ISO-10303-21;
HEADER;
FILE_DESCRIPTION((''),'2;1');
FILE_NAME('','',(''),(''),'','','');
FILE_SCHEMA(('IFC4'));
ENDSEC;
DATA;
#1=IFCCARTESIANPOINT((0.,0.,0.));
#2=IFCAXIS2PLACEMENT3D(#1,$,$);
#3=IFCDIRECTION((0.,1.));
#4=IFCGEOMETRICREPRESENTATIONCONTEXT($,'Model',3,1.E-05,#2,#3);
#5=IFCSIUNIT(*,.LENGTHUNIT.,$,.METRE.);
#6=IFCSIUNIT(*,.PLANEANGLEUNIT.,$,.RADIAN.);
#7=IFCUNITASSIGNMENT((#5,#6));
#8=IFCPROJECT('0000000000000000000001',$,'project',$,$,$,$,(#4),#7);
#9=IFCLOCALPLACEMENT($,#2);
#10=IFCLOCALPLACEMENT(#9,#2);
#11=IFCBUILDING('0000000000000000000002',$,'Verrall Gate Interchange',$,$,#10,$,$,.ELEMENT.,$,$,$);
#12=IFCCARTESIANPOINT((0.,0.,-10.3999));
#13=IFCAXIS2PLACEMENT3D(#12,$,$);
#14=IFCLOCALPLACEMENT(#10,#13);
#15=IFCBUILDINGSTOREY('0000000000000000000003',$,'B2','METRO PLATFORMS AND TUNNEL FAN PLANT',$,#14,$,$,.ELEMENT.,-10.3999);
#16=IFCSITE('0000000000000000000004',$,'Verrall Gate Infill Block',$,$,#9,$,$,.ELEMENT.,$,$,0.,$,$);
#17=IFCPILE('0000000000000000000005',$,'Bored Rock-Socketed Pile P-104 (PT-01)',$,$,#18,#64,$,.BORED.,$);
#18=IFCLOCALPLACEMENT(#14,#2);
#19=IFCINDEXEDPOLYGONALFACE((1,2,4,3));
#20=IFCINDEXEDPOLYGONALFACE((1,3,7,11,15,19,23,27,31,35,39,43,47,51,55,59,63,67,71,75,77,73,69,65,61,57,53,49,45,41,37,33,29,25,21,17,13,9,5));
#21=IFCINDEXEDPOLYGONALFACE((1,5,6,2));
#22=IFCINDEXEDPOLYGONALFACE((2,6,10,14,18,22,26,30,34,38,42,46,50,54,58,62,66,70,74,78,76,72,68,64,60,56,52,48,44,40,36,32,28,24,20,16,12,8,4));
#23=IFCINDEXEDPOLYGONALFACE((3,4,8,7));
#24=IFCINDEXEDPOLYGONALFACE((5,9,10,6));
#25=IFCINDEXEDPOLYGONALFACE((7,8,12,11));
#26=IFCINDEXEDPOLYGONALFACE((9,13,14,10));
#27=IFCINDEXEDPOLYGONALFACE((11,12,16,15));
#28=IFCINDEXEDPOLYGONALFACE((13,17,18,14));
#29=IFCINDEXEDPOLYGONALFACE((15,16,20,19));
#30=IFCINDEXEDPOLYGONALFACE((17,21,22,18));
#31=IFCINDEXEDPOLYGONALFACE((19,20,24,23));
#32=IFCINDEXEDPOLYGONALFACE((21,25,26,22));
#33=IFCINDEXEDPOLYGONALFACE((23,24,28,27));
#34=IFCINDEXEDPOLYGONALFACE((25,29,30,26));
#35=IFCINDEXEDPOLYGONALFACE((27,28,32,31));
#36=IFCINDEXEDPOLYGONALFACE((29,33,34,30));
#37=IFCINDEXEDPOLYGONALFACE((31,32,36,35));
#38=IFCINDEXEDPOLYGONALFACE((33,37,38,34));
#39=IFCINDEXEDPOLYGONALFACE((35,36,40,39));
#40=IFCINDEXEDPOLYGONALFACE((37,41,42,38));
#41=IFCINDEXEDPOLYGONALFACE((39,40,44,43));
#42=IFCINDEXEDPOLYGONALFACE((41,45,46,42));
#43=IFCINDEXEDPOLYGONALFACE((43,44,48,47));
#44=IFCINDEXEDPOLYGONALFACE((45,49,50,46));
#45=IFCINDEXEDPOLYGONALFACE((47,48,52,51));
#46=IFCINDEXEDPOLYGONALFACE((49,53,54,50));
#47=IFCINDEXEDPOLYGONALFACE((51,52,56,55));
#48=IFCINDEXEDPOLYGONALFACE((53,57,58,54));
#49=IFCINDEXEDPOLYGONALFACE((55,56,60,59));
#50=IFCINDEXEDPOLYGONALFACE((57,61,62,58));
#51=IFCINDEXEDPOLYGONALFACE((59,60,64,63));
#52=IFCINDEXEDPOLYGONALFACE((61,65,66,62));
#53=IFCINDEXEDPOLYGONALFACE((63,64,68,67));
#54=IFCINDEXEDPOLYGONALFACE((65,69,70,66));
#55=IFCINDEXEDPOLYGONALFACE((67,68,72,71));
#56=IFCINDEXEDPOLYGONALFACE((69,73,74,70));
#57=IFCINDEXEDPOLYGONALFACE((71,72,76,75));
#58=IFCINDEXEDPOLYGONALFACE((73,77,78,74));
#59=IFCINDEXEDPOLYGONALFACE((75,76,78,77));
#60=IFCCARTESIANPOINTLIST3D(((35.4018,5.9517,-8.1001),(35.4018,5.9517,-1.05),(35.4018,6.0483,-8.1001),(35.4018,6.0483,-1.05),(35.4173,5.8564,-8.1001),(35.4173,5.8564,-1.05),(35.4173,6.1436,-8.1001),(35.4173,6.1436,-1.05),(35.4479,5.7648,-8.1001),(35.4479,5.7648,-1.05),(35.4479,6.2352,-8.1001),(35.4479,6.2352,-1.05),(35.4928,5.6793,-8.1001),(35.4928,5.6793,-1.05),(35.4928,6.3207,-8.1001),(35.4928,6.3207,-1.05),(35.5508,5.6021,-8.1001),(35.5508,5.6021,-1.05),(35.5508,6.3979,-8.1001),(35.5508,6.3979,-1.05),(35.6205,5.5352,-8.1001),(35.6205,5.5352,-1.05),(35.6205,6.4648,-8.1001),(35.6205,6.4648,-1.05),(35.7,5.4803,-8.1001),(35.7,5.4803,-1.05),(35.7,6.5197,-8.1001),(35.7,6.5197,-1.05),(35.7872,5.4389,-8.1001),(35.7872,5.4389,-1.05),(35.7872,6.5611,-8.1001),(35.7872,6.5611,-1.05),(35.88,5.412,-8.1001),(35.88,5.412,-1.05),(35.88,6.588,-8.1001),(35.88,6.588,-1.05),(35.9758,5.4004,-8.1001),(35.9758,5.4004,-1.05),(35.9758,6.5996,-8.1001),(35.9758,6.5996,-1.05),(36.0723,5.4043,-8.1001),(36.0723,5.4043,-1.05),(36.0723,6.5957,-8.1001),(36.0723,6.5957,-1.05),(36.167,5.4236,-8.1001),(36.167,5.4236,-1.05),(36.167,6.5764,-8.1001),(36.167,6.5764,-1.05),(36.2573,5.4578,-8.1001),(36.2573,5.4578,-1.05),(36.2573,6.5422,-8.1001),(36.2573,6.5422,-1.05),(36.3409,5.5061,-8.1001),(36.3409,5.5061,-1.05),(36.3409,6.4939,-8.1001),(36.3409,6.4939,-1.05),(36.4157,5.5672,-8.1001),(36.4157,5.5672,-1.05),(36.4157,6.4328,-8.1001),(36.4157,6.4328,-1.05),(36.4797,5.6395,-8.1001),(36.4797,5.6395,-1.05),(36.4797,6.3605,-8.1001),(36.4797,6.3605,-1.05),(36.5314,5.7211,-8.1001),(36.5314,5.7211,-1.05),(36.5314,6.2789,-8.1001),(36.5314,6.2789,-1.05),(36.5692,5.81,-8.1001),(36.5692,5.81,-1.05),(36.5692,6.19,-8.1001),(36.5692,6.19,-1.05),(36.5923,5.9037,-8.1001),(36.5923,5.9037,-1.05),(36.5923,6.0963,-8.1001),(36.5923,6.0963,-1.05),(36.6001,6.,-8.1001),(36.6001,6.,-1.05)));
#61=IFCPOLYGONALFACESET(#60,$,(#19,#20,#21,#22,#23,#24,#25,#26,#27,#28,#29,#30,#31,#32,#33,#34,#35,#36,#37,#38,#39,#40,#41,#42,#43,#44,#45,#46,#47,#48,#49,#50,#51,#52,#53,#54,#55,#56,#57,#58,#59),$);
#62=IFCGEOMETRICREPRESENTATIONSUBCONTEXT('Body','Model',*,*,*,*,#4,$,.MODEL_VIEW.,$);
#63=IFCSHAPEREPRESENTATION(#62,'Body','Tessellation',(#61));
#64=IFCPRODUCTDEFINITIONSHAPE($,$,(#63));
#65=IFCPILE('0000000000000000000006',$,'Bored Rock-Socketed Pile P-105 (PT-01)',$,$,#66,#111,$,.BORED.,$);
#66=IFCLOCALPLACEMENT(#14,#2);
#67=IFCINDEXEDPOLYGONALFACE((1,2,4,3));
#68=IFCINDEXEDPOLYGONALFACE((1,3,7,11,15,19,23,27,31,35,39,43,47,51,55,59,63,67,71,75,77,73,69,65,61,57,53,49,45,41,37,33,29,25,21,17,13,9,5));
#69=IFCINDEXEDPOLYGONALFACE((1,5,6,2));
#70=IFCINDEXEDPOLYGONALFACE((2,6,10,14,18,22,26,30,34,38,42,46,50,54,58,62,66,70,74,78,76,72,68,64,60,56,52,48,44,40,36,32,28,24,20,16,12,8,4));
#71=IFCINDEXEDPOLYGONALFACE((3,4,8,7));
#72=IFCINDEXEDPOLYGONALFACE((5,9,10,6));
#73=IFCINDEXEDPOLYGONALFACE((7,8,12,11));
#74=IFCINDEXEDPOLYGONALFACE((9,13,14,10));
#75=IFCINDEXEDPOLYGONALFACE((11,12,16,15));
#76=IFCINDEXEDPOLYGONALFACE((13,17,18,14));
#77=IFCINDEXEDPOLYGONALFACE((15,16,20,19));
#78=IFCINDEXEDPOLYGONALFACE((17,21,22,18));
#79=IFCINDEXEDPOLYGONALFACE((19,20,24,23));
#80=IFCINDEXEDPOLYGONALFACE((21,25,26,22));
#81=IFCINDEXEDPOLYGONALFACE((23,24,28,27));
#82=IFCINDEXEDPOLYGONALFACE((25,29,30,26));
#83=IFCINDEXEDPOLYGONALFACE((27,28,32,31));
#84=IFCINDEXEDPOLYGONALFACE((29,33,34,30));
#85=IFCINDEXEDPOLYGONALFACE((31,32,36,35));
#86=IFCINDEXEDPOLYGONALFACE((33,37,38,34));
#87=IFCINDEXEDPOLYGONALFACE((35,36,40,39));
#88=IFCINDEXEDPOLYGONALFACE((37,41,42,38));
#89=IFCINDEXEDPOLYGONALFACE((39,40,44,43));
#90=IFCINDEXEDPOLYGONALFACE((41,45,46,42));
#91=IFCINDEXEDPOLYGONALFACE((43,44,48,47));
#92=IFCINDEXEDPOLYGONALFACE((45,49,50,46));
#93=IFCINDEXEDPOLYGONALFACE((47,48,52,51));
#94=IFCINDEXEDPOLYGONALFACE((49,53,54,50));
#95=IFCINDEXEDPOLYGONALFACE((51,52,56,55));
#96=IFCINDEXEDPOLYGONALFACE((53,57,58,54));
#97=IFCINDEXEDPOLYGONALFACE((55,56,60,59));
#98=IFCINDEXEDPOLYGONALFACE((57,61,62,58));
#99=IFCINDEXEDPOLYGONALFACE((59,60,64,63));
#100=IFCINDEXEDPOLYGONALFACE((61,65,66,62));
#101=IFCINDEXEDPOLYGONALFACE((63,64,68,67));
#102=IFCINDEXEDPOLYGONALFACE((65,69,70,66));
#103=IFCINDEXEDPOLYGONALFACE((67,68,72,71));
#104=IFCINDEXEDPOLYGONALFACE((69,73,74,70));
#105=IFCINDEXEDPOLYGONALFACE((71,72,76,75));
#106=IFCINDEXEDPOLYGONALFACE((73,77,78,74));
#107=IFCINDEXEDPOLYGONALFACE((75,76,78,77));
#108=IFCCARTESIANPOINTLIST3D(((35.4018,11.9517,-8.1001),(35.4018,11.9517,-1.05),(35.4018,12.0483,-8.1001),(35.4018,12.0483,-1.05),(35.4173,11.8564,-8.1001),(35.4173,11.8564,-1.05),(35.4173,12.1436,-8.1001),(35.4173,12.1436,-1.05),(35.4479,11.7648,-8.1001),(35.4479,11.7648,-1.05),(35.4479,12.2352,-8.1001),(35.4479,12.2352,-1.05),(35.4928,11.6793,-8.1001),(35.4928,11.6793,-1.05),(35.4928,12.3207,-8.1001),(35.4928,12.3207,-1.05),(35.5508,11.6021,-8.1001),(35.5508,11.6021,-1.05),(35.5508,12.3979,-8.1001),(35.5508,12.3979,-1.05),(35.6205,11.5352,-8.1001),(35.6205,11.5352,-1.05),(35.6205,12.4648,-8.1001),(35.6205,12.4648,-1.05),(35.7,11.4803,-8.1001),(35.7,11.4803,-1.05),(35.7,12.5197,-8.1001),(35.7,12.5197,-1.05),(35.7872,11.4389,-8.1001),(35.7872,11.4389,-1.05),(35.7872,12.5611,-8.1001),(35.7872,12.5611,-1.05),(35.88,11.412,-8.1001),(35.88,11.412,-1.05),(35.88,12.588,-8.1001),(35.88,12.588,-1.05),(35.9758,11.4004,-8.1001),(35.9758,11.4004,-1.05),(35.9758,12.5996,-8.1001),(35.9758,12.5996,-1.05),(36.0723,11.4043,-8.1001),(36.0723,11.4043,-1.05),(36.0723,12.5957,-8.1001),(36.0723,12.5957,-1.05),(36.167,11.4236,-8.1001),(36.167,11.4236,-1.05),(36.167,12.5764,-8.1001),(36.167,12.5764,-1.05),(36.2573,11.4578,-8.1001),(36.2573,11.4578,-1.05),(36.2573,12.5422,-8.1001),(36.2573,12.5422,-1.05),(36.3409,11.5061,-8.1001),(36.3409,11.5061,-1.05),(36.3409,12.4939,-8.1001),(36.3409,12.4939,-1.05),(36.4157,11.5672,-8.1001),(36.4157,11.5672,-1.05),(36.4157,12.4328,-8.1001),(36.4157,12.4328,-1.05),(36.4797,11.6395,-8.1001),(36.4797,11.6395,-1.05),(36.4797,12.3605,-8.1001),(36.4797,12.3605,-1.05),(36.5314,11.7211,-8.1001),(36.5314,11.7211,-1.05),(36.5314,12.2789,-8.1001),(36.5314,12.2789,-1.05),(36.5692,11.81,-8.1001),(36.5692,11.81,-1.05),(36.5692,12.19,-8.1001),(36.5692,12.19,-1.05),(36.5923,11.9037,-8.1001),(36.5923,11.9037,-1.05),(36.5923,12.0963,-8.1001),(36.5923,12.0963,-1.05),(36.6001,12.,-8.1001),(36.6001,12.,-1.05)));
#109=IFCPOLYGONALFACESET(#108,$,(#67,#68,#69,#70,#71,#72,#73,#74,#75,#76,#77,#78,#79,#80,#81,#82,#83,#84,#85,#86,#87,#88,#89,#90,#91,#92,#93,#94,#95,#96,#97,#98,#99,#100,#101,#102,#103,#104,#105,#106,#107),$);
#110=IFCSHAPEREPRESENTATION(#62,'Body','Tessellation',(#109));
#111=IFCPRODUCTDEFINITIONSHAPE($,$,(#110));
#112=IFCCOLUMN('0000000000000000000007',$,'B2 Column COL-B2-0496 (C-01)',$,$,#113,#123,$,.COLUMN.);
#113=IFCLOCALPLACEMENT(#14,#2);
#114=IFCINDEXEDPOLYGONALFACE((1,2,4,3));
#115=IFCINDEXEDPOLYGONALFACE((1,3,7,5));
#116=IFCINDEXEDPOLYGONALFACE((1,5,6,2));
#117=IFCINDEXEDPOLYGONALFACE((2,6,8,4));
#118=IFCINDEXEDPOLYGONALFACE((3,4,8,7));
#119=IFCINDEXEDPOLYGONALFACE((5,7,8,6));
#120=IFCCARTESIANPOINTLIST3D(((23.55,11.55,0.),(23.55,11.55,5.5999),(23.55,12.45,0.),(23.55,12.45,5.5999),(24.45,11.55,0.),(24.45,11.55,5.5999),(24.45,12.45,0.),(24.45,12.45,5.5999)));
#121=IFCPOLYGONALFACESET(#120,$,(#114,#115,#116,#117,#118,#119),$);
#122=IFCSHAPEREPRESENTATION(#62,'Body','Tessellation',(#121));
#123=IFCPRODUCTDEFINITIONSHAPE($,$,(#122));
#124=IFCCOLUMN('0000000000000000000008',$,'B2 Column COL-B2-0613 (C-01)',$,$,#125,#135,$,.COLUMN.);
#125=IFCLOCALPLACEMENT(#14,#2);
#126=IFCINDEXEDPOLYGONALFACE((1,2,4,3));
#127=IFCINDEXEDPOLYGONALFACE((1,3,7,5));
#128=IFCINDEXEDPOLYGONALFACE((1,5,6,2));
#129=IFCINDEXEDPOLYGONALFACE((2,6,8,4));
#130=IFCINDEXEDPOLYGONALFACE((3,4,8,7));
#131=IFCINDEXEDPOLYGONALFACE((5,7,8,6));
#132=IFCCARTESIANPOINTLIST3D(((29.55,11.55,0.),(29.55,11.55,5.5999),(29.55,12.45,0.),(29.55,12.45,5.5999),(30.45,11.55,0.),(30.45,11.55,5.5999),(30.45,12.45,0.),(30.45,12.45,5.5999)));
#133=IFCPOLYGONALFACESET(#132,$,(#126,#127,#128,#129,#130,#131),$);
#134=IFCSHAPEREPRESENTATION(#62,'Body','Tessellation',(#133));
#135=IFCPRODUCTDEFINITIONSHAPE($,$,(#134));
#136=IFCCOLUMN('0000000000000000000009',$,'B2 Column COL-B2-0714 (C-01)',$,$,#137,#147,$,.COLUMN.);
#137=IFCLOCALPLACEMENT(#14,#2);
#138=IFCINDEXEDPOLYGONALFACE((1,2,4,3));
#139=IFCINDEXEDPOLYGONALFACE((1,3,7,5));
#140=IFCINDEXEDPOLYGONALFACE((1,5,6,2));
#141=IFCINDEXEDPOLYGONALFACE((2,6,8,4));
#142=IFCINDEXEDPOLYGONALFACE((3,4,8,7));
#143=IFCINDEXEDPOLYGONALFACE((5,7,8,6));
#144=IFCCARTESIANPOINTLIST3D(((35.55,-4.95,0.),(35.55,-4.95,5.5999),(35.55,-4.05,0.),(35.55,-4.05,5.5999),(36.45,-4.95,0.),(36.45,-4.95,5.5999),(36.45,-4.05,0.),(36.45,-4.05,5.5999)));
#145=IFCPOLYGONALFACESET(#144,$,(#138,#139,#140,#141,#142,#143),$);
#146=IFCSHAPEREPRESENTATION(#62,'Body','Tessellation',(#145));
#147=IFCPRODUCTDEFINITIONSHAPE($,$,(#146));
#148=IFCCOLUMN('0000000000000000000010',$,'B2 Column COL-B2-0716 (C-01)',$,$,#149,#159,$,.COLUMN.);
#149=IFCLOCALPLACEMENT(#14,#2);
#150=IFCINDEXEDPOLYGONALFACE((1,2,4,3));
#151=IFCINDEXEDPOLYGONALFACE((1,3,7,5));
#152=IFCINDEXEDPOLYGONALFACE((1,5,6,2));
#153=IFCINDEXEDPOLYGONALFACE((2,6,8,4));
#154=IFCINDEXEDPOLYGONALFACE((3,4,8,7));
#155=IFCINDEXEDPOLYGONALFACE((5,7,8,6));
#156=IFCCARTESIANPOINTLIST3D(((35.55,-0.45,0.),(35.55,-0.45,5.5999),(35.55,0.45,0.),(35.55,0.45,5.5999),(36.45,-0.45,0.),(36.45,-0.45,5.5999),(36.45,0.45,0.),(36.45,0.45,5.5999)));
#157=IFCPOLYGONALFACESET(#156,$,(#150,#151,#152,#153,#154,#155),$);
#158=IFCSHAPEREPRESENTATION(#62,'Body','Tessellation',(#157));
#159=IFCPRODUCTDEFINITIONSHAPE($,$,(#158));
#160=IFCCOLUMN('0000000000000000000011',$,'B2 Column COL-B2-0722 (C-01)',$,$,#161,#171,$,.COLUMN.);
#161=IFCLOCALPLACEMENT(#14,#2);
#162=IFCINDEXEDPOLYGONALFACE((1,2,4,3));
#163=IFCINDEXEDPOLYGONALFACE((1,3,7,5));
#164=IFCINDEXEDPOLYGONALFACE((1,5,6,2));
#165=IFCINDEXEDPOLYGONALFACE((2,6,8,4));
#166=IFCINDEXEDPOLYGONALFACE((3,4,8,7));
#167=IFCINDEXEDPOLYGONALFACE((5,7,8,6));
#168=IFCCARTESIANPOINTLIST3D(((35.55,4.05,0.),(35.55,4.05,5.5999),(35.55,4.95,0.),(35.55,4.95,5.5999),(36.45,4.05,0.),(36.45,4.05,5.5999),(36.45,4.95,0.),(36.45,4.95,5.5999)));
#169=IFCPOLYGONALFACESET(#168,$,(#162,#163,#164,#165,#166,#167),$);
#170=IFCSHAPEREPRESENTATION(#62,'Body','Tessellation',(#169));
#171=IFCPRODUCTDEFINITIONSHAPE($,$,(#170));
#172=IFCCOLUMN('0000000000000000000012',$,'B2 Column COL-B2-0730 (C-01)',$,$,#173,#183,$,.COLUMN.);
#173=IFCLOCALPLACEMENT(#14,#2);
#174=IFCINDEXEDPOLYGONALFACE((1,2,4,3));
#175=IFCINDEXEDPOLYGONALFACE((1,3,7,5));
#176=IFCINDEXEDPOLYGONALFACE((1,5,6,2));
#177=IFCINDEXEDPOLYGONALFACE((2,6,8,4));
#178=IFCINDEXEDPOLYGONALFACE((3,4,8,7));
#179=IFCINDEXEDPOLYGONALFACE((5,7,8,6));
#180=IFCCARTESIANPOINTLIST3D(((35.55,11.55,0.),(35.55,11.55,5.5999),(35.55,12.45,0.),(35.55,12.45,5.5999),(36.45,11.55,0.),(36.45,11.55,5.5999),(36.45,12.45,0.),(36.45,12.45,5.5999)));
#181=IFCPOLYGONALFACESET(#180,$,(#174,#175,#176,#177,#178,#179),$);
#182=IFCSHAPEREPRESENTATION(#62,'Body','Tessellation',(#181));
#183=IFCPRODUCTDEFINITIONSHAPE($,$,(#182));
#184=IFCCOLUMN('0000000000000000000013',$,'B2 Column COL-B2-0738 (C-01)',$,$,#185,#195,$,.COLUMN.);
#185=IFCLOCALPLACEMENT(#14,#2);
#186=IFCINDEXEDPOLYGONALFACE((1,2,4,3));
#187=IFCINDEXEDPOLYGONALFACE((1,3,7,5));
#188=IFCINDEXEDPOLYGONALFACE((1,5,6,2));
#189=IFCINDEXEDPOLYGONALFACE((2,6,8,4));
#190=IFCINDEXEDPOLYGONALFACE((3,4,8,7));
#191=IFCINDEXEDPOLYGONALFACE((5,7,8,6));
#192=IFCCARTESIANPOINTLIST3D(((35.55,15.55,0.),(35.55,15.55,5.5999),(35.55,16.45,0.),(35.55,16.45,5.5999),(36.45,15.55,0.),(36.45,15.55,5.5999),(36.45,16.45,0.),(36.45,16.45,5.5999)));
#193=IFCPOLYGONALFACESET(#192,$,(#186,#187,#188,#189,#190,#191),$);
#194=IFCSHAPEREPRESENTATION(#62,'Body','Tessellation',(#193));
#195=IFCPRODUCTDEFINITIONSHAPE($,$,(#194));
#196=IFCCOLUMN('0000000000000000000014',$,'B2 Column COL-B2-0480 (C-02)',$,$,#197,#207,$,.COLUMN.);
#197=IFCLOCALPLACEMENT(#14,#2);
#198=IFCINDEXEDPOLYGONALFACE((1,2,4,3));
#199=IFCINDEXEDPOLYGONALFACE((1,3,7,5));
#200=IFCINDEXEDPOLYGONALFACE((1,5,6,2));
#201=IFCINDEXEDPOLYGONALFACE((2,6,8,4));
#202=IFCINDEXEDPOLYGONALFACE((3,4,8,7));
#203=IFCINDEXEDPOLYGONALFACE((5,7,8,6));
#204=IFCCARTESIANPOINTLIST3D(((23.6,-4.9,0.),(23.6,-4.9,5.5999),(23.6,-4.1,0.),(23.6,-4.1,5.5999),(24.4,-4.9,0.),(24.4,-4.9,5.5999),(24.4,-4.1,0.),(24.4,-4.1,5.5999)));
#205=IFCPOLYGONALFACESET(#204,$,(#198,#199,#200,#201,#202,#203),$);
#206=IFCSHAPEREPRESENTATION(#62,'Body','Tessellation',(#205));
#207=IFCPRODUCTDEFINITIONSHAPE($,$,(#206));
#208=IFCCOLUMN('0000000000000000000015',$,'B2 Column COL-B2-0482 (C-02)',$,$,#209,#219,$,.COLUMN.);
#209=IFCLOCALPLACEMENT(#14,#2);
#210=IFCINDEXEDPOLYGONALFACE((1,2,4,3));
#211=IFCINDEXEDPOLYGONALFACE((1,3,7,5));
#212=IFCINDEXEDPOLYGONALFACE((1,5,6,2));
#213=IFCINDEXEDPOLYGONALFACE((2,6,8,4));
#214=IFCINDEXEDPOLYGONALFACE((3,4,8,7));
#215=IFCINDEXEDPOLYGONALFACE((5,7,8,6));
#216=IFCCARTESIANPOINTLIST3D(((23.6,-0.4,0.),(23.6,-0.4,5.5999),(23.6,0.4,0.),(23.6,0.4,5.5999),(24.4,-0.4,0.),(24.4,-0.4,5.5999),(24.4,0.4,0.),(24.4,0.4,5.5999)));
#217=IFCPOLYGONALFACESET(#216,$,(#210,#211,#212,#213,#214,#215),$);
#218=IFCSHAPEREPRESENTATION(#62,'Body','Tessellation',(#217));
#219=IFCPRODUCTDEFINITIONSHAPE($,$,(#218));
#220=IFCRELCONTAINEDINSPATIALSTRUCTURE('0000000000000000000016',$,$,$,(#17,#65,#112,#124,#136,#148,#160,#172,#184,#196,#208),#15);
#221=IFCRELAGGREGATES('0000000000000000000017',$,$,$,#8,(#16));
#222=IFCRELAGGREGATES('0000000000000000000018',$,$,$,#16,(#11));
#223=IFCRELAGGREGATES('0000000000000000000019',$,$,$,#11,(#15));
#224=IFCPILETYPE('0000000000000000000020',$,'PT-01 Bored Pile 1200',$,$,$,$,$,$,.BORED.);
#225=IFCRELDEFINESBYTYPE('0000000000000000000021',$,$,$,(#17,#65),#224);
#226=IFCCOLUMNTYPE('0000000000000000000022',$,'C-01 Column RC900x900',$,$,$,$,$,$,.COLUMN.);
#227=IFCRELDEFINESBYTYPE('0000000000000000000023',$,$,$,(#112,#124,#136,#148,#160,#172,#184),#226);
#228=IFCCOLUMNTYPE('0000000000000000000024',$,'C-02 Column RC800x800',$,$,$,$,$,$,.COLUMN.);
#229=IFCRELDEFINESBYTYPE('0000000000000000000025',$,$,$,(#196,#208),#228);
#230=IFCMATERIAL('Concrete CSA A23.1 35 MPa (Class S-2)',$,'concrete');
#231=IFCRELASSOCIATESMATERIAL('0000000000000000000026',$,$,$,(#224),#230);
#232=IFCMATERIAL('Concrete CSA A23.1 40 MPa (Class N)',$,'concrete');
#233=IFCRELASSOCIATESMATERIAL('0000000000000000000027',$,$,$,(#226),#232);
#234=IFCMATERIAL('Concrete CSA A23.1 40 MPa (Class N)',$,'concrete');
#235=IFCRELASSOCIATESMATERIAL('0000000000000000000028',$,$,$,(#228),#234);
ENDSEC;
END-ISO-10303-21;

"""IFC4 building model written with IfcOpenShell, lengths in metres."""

from ifc_helpers import new_model, si_unit, direction, frame, origin, origin_2d, place, context, subcontext, project, spatial, rectangle, circle, extrude, material, material_profile, profile_set, type_object, element, save


model = new_model("IFC4")

# Units and contexts
model_context = context("Model", 3, precision=1e-05, world=origin(), true_north=direction((0.0, 1.0)))
body_context = subcontext(model_context, "Body", "Model", "MODEL_VIEW")
ifc_project = project(units=[si_unit("LENGTHUNIT", "METRE"), si_unit("PLANEANGLEUNIT", "RADIAN")], contexts=[model_context])

# Site, building, storey
site_placement = place(None, origin())
site = spatial("IfcSite", under=ifc_project, at=site_placement, Name="Verrall Gate Infill Block", CompositionType="ELEMENT", RefElevation=0.0)
building_placement = place(site_placement, origin())
building = spatial("IfcBuilding", under=site, at=building_placement, Name="Verrall Gate Interchange", CompositionType="ELEMENT")
storey_placement = place(building_placement, frame((0.0, 0.0, -10.3999)))
storey = spatial("IfcBuildingStorey", under=building, at=storey_placement, Name="B2", Description="METRO PLATFORMS AND TUNNEL FAN PLANT", CompositionType="ELEMENT", Elevation=-10.3999)

# Piles
ifc_material_1 = material(Name="Concrete CSA A23.1 35 MPa (Class S-2)", Category="concrete")
ifc_material_profile_1 = material_profile(ifc_material_1, circle(Radius=0.6001, at=origin_2d()), Name="PILE1200D")
ifc_profile_set_1 = profile_set([ifc_material_profile_1], Name="Concrete CSA A23.1 35 MPa (Class S-2)")
pile_type = type_object("IfcPileType", Name="PT-01 Bored Pile 1200", PredefinedType="BORED", material=ifc_profile_set_1)
for number, where, z_axis, x_axis, name in (
    (1, (36.0, 6.0, -1.05), (0.0, 0.0, -1.0), (1.0, 0.0, 0.0), "Bored Rock-Socketed Pile P-104 (PT-01)"),
    (2, (36.0, 12.0, -1.05), (0.0, 0.0, -1.0), (1.0, 0.0, 0.0), "Bored Rock-Socketed Pile P-105 (PT-01)"),
):
    element("IfcPile", number, at=place(storey_placement, frame(where, z_axis=z_axis, x_axis=x_axis)), inside=storey, type_object=pile_type, Name=name, PredefinedType="BORED", context=body_context, shape_type="SweptSolid", body=[
        extrude(circle(Radius=0.6001, at=origin_2d()), origin(), (0.0, 0.0, 1.0), 7.05),
    ])

# Columns
ifc_material_2 = material(Name="Concrete CSA A23.1 40 MPa (Class N)", Category="concrete")
ifc_material_profile_2 = material_profile(ifc_material_2, rectangle(XDim=0.8999, YDim=0.8999, at=origin_2d()), Name="RC900x900")
ifc_profile_set_2 = profile_set([ifc_material_profile_2], Name="Concrete CSA A23.1 40 MPa (Class N)")
column_type_1 = type_object("IfcColumnType", Name="C-01 Column RC900x900", PredefinedType="COLUMN", material=ifc_profile_set_2)
for number, where, z_axis, x_axis, name in (
    (3, (24.0, 12.0, 0.0), (0.0, 0.0, 1.0), (1.0, 0.0, 0.0), "B2 Column COL-B2-0496 (C-01)"),
    (4, (30.0, 12.0, 0.0), (0.0, 0.0, 1.0), (1.0, 0.0, 0.0), "B2 Column COL-B2-0613 (C-01)"),
    (5, (36.0, -4.5, 0.0), (0.0, 0.0, 1.0), (1.0, 0.0, 0.0), "B2 Column COL-B2-0714 (C-01)"),
    (6, (36.0, 0.0, 0.0), (0.0, 0.0, 1.0), (1.0, 0.0, 0.0), "B2 Column COL-B2-0716 (C-01)"),
    (7, (36.0, 4.5, 0.0), (0.0, 0.0, 1.0), (1.0, 0.0, 0.0), "B2 Column COL-B2-0722 (C-01)"),
    (8, (36.0, 12.0, 0.0), (0.0, 0.0, 1.0), (1.0, 0.0, 0.0), "B2 Column COL-B2-0730 (C-01)"),
    (9, (36.0, 16.0, 0.0), (0.0, 0.0, 1.0), (1.0, 0.0, 0.0), "B2 Column COL-B2-0738 (C-01)"),
):
    element("IfcColumn", number, at=place(storey_placement, frame(where, z_axis=z_axis, x_axis=x_axis)), inside=storey, type_object=column_type_1, Name=name, PredefinedType="COLUMN", context=body_context, shape_type="SweptSolid", body=[
        extrude(rectangle(XDim=0.8999, YDim=0.8999, at=origin_2d()), origin(), (0.0, 0.0, 1.0), 5.5999),
    ])
ifc_material_3 = material(Name="Concrete CSA A23.1 40 MPa (Class N)", Category="concrete")
ifc_material_profile_3 = material_profile(ifc_material_3, rectangle(XDim=0.8, YDim=0.8, at=origin_2d()), Name="RC800x800")
ifc_profile_set_3 = profile_set([ifc_material_profile_3], Name="Concrete CSA A23.1 40 MPa (Class N)")
column_type_2 = type_object("IfcColumnType", Name="C-02 Column RC800x800", PredefinedType="COLUMN", material=ifc_profile_set_3)
for number, where, z_axis, x_axis, name in (
    (10, (24.0, -4.5, 0.0), (0.0, 0.0, 1.0), (1.0, 0.0, 0.0), "B2 Column COL-B2-0480 (C-02)"),
    (11, (24.0, 0.0, 0.0), (0.0, 0.0, 1.0), (1.0, 0.0, 0.0), "B2 Column COL-B2-0482 (C-02)"),
):
    element("IfcColumn", number, at=place(storey_placement, frame(where, z_axis=z_axis, x_axis=x_axis)), inside=storey, type_object=column_type_2, Name=name, PredefinedType="COLUMN", context=body_context, shape_type="SweptSolid", body=[
        extrude(rectangle(XDim=0.8, YDim=0.8, at=origin_2d()), origin(), (0.0, 0.0, 1.0), 5.5999),
    ])

save(model, "model.ifc")
